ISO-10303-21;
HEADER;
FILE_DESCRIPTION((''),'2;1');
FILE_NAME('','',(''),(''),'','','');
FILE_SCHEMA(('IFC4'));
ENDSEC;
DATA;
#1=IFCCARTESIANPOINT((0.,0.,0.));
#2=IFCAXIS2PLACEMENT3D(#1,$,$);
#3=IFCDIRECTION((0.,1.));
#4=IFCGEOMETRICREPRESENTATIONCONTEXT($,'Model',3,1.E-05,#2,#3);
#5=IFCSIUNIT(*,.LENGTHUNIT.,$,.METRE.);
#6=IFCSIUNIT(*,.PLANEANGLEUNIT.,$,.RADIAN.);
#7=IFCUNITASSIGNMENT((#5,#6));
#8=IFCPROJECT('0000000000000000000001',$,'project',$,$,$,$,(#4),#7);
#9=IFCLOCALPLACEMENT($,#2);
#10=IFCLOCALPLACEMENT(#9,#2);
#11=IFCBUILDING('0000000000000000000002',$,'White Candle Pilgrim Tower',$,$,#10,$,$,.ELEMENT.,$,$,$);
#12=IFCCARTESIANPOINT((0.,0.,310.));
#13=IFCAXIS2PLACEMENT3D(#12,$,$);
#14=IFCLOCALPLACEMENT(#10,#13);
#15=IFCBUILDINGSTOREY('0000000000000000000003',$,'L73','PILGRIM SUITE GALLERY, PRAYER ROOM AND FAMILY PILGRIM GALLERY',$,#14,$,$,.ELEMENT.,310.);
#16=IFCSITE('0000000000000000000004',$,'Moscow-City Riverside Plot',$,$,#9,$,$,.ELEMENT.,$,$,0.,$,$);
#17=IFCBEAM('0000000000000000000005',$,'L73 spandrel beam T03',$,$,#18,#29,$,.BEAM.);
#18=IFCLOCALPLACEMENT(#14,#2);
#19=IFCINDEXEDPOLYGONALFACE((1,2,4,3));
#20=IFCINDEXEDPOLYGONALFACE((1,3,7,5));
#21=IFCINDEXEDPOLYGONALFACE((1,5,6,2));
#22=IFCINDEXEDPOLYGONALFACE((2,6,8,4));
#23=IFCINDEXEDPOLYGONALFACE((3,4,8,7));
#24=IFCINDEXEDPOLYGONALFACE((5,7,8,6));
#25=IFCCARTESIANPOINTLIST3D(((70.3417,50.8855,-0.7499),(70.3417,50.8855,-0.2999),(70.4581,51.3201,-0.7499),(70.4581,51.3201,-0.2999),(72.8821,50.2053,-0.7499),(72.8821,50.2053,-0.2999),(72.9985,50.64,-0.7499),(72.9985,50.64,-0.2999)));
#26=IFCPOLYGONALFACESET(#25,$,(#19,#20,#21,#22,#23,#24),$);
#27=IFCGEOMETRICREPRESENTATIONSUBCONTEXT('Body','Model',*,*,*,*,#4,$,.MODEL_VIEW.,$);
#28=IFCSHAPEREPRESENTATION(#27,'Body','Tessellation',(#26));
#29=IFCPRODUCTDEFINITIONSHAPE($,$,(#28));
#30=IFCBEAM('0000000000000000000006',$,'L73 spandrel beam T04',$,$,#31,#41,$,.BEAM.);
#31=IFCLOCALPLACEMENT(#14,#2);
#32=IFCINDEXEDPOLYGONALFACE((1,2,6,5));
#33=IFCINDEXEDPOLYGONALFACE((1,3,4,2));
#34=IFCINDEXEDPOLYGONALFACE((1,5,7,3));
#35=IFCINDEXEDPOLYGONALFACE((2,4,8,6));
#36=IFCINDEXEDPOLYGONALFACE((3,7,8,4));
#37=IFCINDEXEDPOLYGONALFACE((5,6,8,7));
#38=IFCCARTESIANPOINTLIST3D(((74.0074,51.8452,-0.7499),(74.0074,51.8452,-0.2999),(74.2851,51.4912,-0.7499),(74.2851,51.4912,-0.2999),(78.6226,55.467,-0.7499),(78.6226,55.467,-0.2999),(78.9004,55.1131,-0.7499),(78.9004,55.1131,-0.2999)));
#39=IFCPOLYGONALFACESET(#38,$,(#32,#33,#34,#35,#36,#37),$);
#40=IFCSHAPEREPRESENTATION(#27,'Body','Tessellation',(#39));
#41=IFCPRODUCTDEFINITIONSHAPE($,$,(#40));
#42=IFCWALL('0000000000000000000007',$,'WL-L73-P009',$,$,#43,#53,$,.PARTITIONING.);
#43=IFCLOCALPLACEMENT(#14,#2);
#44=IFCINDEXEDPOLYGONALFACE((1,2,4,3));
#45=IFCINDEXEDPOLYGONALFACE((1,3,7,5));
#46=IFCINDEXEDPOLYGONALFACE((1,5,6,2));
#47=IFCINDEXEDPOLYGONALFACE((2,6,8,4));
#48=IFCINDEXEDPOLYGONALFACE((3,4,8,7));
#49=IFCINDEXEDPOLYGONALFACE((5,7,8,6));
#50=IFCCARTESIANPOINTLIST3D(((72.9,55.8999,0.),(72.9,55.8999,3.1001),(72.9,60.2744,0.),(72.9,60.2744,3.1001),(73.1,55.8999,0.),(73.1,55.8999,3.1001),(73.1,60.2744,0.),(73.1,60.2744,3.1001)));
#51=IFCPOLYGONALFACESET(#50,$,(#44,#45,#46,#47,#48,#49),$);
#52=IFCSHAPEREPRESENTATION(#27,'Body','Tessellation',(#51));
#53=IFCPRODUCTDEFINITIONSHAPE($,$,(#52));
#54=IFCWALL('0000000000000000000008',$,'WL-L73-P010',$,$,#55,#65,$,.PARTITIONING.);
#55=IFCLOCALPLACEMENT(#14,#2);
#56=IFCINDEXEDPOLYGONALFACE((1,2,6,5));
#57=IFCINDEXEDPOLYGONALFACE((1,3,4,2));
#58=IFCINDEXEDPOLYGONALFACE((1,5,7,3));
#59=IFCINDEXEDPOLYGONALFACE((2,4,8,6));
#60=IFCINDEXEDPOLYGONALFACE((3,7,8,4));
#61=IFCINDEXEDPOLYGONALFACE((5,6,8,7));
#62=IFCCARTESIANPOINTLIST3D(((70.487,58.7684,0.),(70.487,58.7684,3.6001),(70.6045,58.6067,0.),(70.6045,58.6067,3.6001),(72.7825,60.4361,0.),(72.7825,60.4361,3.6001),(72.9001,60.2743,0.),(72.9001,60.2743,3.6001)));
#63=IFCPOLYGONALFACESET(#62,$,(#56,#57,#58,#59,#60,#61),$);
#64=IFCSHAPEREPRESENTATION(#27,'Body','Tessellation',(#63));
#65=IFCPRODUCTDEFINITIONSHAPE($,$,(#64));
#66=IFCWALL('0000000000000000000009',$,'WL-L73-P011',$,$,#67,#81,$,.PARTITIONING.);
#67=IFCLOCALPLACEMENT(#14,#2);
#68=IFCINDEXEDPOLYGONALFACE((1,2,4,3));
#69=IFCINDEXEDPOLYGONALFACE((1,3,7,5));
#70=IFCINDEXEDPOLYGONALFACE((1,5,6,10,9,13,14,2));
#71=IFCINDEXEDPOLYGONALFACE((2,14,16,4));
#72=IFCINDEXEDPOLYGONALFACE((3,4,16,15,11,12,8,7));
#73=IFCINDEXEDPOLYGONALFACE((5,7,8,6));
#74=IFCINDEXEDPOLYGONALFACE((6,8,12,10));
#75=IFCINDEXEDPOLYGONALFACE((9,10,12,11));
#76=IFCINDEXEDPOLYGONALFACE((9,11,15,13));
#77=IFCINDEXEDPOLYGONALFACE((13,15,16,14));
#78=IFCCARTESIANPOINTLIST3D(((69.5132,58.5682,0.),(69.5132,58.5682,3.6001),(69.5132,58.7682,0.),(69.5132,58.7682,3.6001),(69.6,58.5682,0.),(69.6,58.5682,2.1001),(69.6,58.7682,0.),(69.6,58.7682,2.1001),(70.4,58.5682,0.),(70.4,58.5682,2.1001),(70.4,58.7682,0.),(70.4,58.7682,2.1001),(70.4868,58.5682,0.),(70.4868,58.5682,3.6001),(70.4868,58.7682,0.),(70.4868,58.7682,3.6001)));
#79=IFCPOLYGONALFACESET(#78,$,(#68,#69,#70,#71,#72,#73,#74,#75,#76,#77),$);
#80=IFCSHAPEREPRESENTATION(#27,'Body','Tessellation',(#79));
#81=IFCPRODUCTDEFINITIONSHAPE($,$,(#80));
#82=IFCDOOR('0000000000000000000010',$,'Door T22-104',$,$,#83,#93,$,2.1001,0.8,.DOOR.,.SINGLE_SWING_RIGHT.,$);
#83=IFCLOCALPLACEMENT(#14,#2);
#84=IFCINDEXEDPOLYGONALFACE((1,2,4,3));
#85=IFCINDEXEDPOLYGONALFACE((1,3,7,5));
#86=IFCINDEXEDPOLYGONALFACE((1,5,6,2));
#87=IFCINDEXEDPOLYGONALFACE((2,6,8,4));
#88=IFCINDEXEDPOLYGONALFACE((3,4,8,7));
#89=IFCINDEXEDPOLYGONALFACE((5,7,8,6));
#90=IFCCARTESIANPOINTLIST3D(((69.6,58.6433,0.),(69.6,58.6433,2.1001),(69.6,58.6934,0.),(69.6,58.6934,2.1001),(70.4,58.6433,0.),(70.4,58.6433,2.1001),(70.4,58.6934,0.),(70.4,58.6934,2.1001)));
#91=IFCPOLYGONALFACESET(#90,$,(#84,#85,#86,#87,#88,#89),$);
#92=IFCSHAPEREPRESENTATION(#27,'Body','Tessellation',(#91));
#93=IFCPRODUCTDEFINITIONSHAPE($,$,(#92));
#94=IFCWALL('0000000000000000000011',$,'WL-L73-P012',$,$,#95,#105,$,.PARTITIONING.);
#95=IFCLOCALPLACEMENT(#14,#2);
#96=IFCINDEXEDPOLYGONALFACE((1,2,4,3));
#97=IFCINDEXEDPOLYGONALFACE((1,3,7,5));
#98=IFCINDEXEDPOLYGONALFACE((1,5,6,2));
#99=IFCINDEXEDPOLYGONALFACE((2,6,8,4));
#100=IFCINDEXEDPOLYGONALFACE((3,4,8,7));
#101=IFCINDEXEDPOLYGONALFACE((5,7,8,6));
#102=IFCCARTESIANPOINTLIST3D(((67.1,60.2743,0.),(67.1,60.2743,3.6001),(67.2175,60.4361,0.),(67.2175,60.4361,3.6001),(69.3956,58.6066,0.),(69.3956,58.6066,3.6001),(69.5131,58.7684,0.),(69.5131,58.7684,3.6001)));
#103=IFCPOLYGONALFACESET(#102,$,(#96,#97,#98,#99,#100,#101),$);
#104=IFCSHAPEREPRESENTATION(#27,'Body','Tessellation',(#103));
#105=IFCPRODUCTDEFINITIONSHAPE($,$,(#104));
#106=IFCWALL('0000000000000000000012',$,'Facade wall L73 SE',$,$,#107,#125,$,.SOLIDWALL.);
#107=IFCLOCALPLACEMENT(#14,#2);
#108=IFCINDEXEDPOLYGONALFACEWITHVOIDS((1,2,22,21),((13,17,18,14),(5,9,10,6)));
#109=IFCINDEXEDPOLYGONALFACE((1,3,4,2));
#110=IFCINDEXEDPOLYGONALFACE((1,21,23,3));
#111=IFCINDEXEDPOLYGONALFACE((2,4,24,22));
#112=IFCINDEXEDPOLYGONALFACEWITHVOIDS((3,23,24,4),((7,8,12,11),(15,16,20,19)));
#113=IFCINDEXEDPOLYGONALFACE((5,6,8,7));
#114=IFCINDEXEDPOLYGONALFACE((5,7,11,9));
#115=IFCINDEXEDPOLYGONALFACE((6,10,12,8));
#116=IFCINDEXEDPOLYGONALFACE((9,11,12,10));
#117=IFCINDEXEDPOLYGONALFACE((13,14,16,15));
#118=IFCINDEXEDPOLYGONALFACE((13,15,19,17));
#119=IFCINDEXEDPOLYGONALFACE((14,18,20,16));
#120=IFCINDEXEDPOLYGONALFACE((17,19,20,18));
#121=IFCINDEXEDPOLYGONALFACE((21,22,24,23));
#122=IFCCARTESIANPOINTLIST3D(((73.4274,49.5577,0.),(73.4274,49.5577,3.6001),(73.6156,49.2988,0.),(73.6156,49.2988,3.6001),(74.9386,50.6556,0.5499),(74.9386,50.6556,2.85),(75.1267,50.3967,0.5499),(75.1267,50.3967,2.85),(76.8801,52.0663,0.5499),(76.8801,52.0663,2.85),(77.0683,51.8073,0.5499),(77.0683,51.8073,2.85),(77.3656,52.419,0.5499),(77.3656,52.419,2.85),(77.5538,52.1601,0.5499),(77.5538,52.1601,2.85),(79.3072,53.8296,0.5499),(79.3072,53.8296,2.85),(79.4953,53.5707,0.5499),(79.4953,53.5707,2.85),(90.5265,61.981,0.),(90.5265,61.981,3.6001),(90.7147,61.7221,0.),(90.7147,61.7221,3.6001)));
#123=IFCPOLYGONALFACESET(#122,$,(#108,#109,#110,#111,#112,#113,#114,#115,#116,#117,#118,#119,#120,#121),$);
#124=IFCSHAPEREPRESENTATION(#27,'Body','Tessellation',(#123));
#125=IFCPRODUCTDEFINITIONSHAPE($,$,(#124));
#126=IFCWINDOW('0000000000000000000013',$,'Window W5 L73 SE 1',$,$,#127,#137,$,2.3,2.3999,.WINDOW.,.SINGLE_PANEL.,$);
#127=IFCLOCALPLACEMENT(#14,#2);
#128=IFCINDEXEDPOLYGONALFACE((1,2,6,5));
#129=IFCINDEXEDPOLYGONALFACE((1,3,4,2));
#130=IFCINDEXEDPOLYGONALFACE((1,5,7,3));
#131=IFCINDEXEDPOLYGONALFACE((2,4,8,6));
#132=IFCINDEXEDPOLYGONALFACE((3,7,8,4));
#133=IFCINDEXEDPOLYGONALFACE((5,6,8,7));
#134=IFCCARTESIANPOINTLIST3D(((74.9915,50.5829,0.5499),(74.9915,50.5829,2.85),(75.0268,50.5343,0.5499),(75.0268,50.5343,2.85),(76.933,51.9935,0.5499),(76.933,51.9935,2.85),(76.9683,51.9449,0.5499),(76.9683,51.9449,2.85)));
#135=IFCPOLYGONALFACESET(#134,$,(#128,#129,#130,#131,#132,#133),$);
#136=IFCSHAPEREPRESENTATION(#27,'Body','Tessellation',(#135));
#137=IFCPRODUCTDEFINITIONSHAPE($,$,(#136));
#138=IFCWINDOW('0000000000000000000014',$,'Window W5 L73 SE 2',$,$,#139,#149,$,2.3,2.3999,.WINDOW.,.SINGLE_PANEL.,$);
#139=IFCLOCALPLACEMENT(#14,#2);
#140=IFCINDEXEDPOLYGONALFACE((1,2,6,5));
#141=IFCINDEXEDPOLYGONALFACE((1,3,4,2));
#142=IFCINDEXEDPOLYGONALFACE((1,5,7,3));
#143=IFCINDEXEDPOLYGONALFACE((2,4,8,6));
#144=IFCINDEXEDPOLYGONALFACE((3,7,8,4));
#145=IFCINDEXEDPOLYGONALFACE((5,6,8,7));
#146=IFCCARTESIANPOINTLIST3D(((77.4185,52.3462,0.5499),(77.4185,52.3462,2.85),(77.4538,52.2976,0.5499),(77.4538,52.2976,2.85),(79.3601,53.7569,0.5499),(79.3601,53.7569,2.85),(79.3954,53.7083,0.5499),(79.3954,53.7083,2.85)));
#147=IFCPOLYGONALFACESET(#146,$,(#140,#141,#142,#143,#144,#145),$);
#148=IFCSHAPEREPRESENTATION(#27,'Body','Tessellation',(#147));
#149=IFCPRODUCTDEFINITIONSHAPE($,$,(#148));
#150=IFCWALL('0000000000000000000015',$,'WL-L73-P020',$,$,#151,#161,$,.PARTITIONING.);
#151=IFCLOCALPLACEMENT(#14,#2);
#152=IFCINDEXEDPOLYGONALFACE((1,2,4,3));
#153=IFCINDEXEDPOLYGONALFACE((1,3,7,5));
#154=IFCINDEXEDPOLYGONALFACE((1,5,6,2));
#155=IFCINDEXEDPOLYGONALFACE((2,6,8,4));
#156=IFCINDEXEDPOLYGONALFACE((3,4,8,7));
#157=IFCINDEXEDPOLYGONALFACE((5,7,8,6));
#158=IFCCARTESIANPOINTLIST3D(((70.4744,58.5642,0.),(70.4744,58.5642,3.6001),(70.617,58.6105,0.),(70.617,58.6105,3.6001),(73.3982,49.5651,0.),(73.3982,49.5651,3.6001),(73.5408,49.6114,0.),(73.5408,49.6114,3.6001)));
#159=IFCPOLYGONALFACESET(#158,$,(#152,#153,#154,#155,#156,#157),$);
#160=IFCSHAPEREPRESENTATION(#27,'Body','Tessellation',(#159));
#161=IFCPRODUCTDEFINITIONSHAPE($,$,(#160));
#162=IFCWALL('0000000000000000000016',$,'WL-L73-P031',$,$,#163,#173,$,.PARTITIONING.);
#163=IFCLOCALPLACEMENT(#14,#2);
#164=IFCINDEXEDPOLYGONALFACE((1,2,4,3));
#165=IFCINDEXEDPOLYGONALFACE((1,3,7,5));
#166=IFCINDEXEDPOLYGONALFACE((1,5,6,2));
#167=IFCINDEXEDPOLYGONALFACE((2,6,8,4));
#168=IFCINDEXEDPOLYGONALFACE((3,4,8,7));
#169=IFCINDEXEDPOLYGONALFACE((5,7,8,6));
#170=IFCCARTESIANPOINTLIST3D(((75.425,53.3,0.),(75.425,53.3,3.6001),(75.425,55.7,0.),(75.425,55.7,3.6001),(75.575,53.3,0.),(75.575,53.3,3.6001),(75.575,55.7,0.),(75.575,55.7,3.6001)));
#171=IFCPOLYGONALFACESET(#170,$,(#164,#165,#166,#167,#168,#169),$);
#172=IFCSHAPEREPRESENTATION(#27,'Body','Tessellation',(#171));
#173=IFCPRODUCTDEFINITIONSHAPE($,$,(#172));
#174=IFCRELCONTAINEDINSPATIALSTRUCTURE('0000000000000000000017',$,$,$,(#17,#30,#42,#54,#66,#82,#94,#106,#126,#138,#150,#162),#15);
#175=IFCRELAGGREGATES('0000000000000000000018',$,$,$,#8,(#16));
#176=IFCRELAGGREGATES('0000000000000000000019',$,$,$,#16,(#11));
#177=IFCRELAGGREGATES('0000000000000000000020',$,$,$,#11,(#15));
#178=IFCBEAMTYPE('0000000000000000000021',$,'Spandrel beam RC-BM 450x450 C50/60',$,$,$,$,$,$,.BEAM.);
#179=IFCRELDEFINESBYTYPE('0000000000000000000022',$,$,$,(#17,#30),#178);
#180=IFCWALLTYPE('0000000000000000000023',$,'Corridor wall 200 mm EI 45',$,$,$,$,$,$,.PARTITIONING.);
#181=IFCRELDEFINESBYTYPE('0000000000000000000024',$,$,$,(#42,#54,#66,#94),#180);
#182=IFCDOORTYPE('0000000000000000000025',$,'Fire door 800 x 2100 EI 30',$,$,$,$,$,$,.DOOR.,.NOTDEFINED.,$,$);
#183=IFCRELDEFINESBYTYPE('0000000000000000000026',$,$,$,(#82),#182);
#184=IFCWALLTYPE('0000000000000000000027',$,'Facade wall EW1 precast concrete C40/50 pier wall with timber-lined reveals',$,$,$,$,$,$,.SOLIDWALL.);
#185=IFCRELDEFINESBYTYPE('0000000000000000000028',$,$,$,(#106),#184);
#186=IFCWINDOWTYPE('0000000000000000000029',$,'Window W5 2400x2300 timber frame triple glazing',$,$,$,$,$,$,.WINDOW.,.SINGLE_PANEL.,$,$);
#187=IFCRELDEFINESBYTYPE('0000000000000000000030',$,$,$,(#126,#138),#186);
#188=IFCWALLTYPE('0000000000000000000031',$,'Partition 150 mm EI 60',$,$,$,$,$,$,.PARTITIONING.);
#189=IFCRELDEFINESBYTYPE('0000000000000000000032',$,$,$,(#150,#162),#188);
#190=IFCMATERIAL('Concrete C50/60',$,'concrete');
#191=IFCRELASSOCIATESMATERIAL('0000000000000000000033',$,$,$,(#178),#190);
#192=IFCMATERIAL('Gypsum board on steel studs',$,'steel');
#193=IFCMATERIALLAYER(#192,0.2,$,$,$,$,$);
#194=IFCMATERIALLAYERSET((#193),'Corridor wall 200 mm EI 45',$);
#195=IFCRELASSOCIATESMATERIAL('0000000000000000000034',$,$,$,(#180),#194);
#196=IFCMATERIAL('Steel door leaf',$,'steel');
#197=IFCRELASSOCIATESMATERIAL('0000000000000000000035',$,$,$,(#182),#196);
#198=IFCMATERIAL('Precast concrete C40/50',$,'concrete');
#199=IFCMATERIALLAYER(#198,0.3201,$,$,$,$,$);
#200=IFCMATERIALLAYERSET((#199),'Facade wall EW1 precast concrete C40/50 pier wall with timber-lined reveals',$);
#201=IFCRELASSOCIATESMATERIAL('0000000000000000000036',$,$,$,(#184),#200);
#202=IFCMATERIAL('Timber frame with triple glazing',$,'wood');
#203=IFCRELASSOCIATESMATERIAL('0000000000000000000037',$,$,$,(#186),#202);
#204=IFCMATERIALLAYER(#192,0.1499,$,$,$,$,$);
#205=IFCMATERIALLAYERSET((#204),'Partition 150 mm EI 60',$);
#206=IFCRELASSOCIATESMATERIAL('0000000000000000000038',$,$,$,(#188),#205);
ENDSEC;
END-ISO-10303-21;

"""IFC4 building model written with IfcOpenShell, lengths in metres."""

from ifc_helpers import new_model, si_unit, direction, frame, frame_2d, origin, origin_2d, place, context, subcontext, project, spatial, rectangle, extrude, material, layer, layer_set, material_profile, profile_set, type_object, element, fill, save


model = new_model("IFC4")

# Units and contexts
model_context = context("Model", 3, precision=1e-05, world=origin(), true_north=direction((0.0, 1.0)))
body_context = subcontext(model_context, "Body", "Model", "MODEL_VIEW")
ifc_project = project(units=[si_unit("LENGTHUNIT", "METRE"), si_unit("PLANEANGLEUNIT", "RADIAN")], contexts=[model_context])

# Site, building, storey
site_placement = place(None, origin())
site = spatial("IfcSite", under=ifc_project, at=site_placement, Name="Moscow-City Riverside Plot", CompositionType="ELEMENT", RefElevation=0.0)
building_placement = place(site_placement, origin())
building = spatial("IfcBuilding", under=site, at=building_placement, Name="White Candle Pilgrim Tower", CompositionType="ELEMENT")
storey_placement = place(building_placement, frame((0.0, 0.0, 310.0)))
storey = spatial("IfcBuildingStorey", under=building, at=storey_placement, Name="L73", Description="PILGRIM SUITE GALLERY, PRAYER ROOM AND FAMILY PILGRIM GALLERY", CompositionType="ELEMENT", Elevation=310.0)

# Beams
ifc_material_1 = material(Name="Concrete C50/60", Category="concrete")
ifc_material_profile_1 = material_profile(ifc_material_1, rectangle(XDim=0.45, YDim=0.45, at=origin_2d()), Name="RC-BM 450x450")
ifc_profile_set_1 = profile_set([ifc_material_profile_1], Name="Concrete C50/60")
beam_type_1 = type_object("IfcBeamType", Name="Spandrel beam RC-BM 450x450 C50/60", PredefinedType="BEAM", material=ifc_profile_set_1)
beam_1_placement = place(storey_placement, frame((70.3999, 51.1028, -0.5249), z_axis=(0.965979, -0.258622, 0.0), x_axis=(0.258622, 0.965979, 0.0)))
element("IfcBeam", 1, at=beam_1_placement, inside=storey, type_object=beam_type_1, Name="L73 spandrel beam T03", PredefinedType="BEAM", context=body_context, shape_type="SweptSolid", body=[
    extrude(rectangle(XDim=0.45, YDim=0.45, at=origin_2d()), origin(), (0.0, 0.0, 1.0), 2.6299),
])
beam_2_placement = place(storey_placement, frame((74.1462, 51.6682, -0.5249), z_axis=(0.786685, 0.617355, 0.0), x_axis=(-0.617355, 0.786685, 0.0)))
element("IfcBeam", 2, at=beam_2_placement, inside=storey, type_object=beam_type_1, Name="L73 spandrel beam T04", PredefinedType="BEAM", context=body_context, shape_type="SweptSolid", body=[
    extrude(rectangle(XDim=0.45, YDim=0.45, at=origin_2d()), origin(), (0.0, 0.0, 1.0), 5.8667),
])

# Walls
ifc_material_2 = material(Name="Gypsum board on steel studs", Category="steel")
ifc_layer_1 = layer(ifc_material_2, 0.2)
ifc_layer_set_1 = layer_set([ifc_layer_1], Name="Corridor wall 200 mm EI 45")
wall_type_1 = type_object("IfcWallType", Name="Corridor wall 200 mm EI 45", PredefinedType="PARTITIONING", material=ifc_layer_set_1)
wall_1_placement = place(storey_placement, frame((73.0, 55.8999, 0.0), z_axis=(0.0, 0.0, 1.0), x_axis=(0.0, 1.0, 0.0)))
element("IfcWall", 3, at=wall_1_placement, inside=storey, type_object=wall_type_1, Name="WL-L73-P009", PredefinedType="PARTITIONING", context=body_context, shape_type="SweptSolid", body=[
    extrude(rectangle(XDim=4.3745, YDim=0.2, at=frame_2d((2.1873, 0.0))), origin(), (0.0, 0.0, 1.0), 3.1001),
])
wall_2_placement = place(storey_placement, frame((72.8413, 60.3552, 0.0), z_axis=(0.0, 0.0, 1.0), x_axis=(-0.809045, -0.587747, 0.0)))
element("IfcWall", 4, at=wall_2_placement, inside=storey, type_object=wall_type_1, Name="WL-L73-P010", PredefinedType="PARTITIONING", context=body_context, shape_type="SweptSolid", body=[
    extrude(rectangle(XDim=2.8374, YDim=0.2, at=frame_2d((1.4187, 0.0))), origin(), (0.0, 0.0, 1.0), 3.6001),
])

# Wall, opening, door
wall_3_placement = place(storey_placement, frame((70.4868, 58.6682, 0.0), z_axis=(0.0, 0.0, 1.0), x_axis=(-1.0, 0.0, 0.0)))
wall_3 = element("IfcWall", 5, at=wall_3_placement, inside=storey, type_object=wall_type_1, Name="WL-L73-P011", PredefinedType="PARTITIONING", context=body_context, shape_type="SweptSolid", body=[
    extrude(rectangle(XDim=0.9736, YDim=0.2, at=frame_2d((0.4868, 0.0))), origin(), (0.0, 0.0, 1.0), 3.6001),
])
opening_1_placement = place(wall_3_placement, frame((0.0869, 0.0, 0.0)))
opening_1 = element("IfcOpeningElement", 6, at=opening_1_placement, cuts=wall_3, PredefinedType="OPENING", context=body_context, shape_type="SweptSolid", body=[
    extrude(rectangle(XDim=0.8, YDim=2.1001, at=frame_2d((0.3999, 1.05))), frame((0.0, 0.1099, 0.0), z_axis=(0.0, -1.0, 0.0), x_axis=(1.0, 0.0, 0.0)), (0.0, 0.0, 1.0), 0.22),
])
ifc_material_3 = material(Name="Steel door leaf", Category="steel")
door_type_1 = type_object("IfcDoorType", Name="Fire door 800 x 2100 EI 30", OperationType="NOTDEFINED", PredefinedType="DOOR", material=ifc_material_3)
door_1_placement = place(opening_1_placement, origin())
door_1 = element("IfcDoor", 7, at=door_1_placement, inside=storey, type_object=door_type_1, Name="Door T22-104", OperationType="SINGLE_SWING_RIGHT", OverallHeight=2.1001, OverallWidth=0.8, PredefinedType="DOOR", context=body_context, shape_type="SweptSolid", body=[
    extrude(rectangle(XDim=0.8, YDim=2.1001, at=frame_2d((0.3999, 1.05))), frame((0.0, 0.0249, 0.0), z_axis=(0.0, -1.0, 0.0), x_axis=(1.0, 0.0, 0.0)), (0.0, 0.0, 1.0), 0.05),
])
fill(opening_1, door_1)

# Wall
wall_4_placement = place(storey_placement, frame((69.4543, 58.6875, 0.0), z_axis=(0.0, 0.0, 1.0), x_axis=(-0.809045, 0.587747, 0.0)))
element("IfcWall", 8, at=wall_4_placement, inside=storey, type_object=wall_type_1, Name="WL-L73-P012", PredefinedType="PARTITIONING", context=body_context, shape_type="SweptSolid", body=[
    extrude(rectangle(XDim=2.8374, YDim=0.2, at=frame_2d((1.4187, 0.0))), origin(), (0.0, 0.0, 1.0), 3.6001),
])

# Wall, openings, windows
ifc_material_4 = material(Name="Precast concrete C40/50", Category="concrete")
ifc_layer_2 = layer(ifc_material_4, 0.3201)
ifc_layer_set_2 = layer_set([ifc_layer_2], Name="Facade wall EW1 precast concrete C40/50 pier wall with timber-lined reveals")
wall_type_2 = type_object("IfcWallType", Name="Facade wall EW1 precast concrete C40/50 pier wall with timber-lined reveals", PredefinedType="SOLIDWALL", material=ifc_layer_set_2)
wall_5_placement = place(storey_placement, frame((73.5215, 49.4282, 0.0), z_axis=(0.0, 0.0, 1.0), x_axis=(0.809015, 0.587788, 0.0)))
wall_5 = element("IfcWall", 9, at=wall_5_placement, inside=storey, type_object=wall_type_2, Name="Facade wall L73 SE", PredefinedType="SOLIDWALL", context=body_context, shape_type="SweptSolid", body=[
    extrude(rectangle(XDim=21.1357, YDim=0.3201, at=frame_2d((10.5679, 0.0))), origin(), (0.0, 0.0, 1.0), 3.6001),
])
opening_2_placement = place(wall_5_placement, frame((1.8679, 0.0, 0.55)))
opening_2 = element("IfcOpeningElement", 10, at=opening_2_placement, cuts=wall_5, PredefinedType="OPENING", context=body_context, shape_type="SweptSolid", body=[
    extrude(rectangle(XDim=2.3999, YDim=2.3, at=frame_2d((1.2, 1.1499))), frame((0.0, 0.1699, 0.0), z_axis=(0.0, -1.0, 0.0), x_axis=(1.0, 0.0, 0.0)), (0.0, 0.0, 1.0), 0.3401),
])
opening_3_placement = place(wall_5_placement, frame((4.8679, 0.0, 0.55)))
opening_3 = element("IfcOpeningElement", 11, at=opening_3_placement, cuts=wall_5, PredefinedType="OPENING", context=body_context, shape_type="SweptSolid", body=[
    extrude(rectangle(XDim=2.3999, YDim=2.3, at=frame_2d((1.2, 1.1499))), frame((0.0, 0.1699, 0.0), z_axis=(0.0, -1.0, 0.0), x_axis=(1.0, 0.0, 0.0)), (0.0, 0.0, 1.0), 0.3401),
])
ifc_material_5 = material(Name="Timber frame with triple glazing", Category="wood")
window_type = type_object("IfcWindowType", Name="Window W5 2400x2300 timber frame triple glazing", PartitioningType="SINGLE_PANEL", PredefinedType="WINDOW", material=ifc_material_5)
window_1_placement = place(opening_2_placement, origin())
window_1 = element("IfcWindow", 12, at=window_1_placement, inside=storey, type_object=window_type, Name="Window W5 L73 SE 1", OverallHeight=2.3, OverallWidth=2.3999, PartitioningType="SINGLE_PANEL", PredefinedType="WINDOW", context=body_context, shape_type="SweptSolid", body=[
    extrude(rectangle(XDim=2.3999, YDim=2.3, at=frame_2d((1.2, 1.1499))), frame((0.0, 0.0701, 0.0), z_axis=(0.0, -1.0, 0.0), x_axis=(1.0, 0.0, 0.0)), (0.0, 0.0, 1.0), 0.0601),
])
fill(opening_2, window_1)
window_2_placement = place(opening_3_placement, origin())
window_2 = element("IfcWindow", 13, at=window_2_placement, inside=storey, type_object=window_type, Name="Window W5 L73 SE 2", OverallHeight=2.3, OverallWidth=2.3999, PartitioningType="SINGLE_PANEL", PredefinedType="WINDOW", context=body_context, shape_type="SweptSolid", body=[
    extrude(rectangle(XDim=2.3999, YDim=2.3, at=frame_2d((1.2, 1.1499))), frame((0.0, 0.0701, 0.0), z_axis=(0.0, -1.0, 0.0), x_axis=(1.0, 0.0, 0.0)), (0.0, 0.0, 1.0), 0.0601),
])
fill(opening_3, window_2)

# Walls
ifc_layer_3 = layer(ifc_material_2, 0.1499)
ifc_layer_set_3 = layer_set([ifc_layer_3], Name="Partition 150 mm EI 60")
wall_type_3 = type_object("IfcWallType", Name="Partition 150 mm EI 60", PredefinedType="PARTITIONING", material=ifc_layer_set_3)
wall_6_placement = place(storey_placement, frame((73.4695, 49.5884, 0.0), z_axis=(0.0, 0.0, 1.0), x_axis=(-0.309004, 0.951061, 0.0)))
element("IfcWall", 14, at=wall_6_placement, inside=storey, type_object=wall_type_3, Name="WL-L73-P020", PredefinedType="PARTITIONING", context=body_context, shape_type="SweptSolid", body=[
    extrude(rectangle(XDim=9.4622, YDim=0.1499, at=frame_2d((4.731, 0.0))), origin(), (0.0, 0.0, 1.0), 3.6001),
])
wall_7_placement = place(storey_placement, frame((75.5, 55.7, 0.0), z_axis=(0.0, 0.0, 1.0), x_axis=(0.0, -1.0, 0.0)))
element("IfcWall", 15, at=wall_7_placement, inside=storey, type_object=wall_type_3, Name="WL-L73-P031", PredefinedType="PARTITIONING", context=body_context, shape_type="SweptSolid", body=[
    extrude(rectangle(XDim=2.3999, YDim=0.1499, at=frame_2d((1.2, 0.0))), origin(), (0.0, 0.0, 1.0), 3.6001),
])

save(model, "model.ifc")
